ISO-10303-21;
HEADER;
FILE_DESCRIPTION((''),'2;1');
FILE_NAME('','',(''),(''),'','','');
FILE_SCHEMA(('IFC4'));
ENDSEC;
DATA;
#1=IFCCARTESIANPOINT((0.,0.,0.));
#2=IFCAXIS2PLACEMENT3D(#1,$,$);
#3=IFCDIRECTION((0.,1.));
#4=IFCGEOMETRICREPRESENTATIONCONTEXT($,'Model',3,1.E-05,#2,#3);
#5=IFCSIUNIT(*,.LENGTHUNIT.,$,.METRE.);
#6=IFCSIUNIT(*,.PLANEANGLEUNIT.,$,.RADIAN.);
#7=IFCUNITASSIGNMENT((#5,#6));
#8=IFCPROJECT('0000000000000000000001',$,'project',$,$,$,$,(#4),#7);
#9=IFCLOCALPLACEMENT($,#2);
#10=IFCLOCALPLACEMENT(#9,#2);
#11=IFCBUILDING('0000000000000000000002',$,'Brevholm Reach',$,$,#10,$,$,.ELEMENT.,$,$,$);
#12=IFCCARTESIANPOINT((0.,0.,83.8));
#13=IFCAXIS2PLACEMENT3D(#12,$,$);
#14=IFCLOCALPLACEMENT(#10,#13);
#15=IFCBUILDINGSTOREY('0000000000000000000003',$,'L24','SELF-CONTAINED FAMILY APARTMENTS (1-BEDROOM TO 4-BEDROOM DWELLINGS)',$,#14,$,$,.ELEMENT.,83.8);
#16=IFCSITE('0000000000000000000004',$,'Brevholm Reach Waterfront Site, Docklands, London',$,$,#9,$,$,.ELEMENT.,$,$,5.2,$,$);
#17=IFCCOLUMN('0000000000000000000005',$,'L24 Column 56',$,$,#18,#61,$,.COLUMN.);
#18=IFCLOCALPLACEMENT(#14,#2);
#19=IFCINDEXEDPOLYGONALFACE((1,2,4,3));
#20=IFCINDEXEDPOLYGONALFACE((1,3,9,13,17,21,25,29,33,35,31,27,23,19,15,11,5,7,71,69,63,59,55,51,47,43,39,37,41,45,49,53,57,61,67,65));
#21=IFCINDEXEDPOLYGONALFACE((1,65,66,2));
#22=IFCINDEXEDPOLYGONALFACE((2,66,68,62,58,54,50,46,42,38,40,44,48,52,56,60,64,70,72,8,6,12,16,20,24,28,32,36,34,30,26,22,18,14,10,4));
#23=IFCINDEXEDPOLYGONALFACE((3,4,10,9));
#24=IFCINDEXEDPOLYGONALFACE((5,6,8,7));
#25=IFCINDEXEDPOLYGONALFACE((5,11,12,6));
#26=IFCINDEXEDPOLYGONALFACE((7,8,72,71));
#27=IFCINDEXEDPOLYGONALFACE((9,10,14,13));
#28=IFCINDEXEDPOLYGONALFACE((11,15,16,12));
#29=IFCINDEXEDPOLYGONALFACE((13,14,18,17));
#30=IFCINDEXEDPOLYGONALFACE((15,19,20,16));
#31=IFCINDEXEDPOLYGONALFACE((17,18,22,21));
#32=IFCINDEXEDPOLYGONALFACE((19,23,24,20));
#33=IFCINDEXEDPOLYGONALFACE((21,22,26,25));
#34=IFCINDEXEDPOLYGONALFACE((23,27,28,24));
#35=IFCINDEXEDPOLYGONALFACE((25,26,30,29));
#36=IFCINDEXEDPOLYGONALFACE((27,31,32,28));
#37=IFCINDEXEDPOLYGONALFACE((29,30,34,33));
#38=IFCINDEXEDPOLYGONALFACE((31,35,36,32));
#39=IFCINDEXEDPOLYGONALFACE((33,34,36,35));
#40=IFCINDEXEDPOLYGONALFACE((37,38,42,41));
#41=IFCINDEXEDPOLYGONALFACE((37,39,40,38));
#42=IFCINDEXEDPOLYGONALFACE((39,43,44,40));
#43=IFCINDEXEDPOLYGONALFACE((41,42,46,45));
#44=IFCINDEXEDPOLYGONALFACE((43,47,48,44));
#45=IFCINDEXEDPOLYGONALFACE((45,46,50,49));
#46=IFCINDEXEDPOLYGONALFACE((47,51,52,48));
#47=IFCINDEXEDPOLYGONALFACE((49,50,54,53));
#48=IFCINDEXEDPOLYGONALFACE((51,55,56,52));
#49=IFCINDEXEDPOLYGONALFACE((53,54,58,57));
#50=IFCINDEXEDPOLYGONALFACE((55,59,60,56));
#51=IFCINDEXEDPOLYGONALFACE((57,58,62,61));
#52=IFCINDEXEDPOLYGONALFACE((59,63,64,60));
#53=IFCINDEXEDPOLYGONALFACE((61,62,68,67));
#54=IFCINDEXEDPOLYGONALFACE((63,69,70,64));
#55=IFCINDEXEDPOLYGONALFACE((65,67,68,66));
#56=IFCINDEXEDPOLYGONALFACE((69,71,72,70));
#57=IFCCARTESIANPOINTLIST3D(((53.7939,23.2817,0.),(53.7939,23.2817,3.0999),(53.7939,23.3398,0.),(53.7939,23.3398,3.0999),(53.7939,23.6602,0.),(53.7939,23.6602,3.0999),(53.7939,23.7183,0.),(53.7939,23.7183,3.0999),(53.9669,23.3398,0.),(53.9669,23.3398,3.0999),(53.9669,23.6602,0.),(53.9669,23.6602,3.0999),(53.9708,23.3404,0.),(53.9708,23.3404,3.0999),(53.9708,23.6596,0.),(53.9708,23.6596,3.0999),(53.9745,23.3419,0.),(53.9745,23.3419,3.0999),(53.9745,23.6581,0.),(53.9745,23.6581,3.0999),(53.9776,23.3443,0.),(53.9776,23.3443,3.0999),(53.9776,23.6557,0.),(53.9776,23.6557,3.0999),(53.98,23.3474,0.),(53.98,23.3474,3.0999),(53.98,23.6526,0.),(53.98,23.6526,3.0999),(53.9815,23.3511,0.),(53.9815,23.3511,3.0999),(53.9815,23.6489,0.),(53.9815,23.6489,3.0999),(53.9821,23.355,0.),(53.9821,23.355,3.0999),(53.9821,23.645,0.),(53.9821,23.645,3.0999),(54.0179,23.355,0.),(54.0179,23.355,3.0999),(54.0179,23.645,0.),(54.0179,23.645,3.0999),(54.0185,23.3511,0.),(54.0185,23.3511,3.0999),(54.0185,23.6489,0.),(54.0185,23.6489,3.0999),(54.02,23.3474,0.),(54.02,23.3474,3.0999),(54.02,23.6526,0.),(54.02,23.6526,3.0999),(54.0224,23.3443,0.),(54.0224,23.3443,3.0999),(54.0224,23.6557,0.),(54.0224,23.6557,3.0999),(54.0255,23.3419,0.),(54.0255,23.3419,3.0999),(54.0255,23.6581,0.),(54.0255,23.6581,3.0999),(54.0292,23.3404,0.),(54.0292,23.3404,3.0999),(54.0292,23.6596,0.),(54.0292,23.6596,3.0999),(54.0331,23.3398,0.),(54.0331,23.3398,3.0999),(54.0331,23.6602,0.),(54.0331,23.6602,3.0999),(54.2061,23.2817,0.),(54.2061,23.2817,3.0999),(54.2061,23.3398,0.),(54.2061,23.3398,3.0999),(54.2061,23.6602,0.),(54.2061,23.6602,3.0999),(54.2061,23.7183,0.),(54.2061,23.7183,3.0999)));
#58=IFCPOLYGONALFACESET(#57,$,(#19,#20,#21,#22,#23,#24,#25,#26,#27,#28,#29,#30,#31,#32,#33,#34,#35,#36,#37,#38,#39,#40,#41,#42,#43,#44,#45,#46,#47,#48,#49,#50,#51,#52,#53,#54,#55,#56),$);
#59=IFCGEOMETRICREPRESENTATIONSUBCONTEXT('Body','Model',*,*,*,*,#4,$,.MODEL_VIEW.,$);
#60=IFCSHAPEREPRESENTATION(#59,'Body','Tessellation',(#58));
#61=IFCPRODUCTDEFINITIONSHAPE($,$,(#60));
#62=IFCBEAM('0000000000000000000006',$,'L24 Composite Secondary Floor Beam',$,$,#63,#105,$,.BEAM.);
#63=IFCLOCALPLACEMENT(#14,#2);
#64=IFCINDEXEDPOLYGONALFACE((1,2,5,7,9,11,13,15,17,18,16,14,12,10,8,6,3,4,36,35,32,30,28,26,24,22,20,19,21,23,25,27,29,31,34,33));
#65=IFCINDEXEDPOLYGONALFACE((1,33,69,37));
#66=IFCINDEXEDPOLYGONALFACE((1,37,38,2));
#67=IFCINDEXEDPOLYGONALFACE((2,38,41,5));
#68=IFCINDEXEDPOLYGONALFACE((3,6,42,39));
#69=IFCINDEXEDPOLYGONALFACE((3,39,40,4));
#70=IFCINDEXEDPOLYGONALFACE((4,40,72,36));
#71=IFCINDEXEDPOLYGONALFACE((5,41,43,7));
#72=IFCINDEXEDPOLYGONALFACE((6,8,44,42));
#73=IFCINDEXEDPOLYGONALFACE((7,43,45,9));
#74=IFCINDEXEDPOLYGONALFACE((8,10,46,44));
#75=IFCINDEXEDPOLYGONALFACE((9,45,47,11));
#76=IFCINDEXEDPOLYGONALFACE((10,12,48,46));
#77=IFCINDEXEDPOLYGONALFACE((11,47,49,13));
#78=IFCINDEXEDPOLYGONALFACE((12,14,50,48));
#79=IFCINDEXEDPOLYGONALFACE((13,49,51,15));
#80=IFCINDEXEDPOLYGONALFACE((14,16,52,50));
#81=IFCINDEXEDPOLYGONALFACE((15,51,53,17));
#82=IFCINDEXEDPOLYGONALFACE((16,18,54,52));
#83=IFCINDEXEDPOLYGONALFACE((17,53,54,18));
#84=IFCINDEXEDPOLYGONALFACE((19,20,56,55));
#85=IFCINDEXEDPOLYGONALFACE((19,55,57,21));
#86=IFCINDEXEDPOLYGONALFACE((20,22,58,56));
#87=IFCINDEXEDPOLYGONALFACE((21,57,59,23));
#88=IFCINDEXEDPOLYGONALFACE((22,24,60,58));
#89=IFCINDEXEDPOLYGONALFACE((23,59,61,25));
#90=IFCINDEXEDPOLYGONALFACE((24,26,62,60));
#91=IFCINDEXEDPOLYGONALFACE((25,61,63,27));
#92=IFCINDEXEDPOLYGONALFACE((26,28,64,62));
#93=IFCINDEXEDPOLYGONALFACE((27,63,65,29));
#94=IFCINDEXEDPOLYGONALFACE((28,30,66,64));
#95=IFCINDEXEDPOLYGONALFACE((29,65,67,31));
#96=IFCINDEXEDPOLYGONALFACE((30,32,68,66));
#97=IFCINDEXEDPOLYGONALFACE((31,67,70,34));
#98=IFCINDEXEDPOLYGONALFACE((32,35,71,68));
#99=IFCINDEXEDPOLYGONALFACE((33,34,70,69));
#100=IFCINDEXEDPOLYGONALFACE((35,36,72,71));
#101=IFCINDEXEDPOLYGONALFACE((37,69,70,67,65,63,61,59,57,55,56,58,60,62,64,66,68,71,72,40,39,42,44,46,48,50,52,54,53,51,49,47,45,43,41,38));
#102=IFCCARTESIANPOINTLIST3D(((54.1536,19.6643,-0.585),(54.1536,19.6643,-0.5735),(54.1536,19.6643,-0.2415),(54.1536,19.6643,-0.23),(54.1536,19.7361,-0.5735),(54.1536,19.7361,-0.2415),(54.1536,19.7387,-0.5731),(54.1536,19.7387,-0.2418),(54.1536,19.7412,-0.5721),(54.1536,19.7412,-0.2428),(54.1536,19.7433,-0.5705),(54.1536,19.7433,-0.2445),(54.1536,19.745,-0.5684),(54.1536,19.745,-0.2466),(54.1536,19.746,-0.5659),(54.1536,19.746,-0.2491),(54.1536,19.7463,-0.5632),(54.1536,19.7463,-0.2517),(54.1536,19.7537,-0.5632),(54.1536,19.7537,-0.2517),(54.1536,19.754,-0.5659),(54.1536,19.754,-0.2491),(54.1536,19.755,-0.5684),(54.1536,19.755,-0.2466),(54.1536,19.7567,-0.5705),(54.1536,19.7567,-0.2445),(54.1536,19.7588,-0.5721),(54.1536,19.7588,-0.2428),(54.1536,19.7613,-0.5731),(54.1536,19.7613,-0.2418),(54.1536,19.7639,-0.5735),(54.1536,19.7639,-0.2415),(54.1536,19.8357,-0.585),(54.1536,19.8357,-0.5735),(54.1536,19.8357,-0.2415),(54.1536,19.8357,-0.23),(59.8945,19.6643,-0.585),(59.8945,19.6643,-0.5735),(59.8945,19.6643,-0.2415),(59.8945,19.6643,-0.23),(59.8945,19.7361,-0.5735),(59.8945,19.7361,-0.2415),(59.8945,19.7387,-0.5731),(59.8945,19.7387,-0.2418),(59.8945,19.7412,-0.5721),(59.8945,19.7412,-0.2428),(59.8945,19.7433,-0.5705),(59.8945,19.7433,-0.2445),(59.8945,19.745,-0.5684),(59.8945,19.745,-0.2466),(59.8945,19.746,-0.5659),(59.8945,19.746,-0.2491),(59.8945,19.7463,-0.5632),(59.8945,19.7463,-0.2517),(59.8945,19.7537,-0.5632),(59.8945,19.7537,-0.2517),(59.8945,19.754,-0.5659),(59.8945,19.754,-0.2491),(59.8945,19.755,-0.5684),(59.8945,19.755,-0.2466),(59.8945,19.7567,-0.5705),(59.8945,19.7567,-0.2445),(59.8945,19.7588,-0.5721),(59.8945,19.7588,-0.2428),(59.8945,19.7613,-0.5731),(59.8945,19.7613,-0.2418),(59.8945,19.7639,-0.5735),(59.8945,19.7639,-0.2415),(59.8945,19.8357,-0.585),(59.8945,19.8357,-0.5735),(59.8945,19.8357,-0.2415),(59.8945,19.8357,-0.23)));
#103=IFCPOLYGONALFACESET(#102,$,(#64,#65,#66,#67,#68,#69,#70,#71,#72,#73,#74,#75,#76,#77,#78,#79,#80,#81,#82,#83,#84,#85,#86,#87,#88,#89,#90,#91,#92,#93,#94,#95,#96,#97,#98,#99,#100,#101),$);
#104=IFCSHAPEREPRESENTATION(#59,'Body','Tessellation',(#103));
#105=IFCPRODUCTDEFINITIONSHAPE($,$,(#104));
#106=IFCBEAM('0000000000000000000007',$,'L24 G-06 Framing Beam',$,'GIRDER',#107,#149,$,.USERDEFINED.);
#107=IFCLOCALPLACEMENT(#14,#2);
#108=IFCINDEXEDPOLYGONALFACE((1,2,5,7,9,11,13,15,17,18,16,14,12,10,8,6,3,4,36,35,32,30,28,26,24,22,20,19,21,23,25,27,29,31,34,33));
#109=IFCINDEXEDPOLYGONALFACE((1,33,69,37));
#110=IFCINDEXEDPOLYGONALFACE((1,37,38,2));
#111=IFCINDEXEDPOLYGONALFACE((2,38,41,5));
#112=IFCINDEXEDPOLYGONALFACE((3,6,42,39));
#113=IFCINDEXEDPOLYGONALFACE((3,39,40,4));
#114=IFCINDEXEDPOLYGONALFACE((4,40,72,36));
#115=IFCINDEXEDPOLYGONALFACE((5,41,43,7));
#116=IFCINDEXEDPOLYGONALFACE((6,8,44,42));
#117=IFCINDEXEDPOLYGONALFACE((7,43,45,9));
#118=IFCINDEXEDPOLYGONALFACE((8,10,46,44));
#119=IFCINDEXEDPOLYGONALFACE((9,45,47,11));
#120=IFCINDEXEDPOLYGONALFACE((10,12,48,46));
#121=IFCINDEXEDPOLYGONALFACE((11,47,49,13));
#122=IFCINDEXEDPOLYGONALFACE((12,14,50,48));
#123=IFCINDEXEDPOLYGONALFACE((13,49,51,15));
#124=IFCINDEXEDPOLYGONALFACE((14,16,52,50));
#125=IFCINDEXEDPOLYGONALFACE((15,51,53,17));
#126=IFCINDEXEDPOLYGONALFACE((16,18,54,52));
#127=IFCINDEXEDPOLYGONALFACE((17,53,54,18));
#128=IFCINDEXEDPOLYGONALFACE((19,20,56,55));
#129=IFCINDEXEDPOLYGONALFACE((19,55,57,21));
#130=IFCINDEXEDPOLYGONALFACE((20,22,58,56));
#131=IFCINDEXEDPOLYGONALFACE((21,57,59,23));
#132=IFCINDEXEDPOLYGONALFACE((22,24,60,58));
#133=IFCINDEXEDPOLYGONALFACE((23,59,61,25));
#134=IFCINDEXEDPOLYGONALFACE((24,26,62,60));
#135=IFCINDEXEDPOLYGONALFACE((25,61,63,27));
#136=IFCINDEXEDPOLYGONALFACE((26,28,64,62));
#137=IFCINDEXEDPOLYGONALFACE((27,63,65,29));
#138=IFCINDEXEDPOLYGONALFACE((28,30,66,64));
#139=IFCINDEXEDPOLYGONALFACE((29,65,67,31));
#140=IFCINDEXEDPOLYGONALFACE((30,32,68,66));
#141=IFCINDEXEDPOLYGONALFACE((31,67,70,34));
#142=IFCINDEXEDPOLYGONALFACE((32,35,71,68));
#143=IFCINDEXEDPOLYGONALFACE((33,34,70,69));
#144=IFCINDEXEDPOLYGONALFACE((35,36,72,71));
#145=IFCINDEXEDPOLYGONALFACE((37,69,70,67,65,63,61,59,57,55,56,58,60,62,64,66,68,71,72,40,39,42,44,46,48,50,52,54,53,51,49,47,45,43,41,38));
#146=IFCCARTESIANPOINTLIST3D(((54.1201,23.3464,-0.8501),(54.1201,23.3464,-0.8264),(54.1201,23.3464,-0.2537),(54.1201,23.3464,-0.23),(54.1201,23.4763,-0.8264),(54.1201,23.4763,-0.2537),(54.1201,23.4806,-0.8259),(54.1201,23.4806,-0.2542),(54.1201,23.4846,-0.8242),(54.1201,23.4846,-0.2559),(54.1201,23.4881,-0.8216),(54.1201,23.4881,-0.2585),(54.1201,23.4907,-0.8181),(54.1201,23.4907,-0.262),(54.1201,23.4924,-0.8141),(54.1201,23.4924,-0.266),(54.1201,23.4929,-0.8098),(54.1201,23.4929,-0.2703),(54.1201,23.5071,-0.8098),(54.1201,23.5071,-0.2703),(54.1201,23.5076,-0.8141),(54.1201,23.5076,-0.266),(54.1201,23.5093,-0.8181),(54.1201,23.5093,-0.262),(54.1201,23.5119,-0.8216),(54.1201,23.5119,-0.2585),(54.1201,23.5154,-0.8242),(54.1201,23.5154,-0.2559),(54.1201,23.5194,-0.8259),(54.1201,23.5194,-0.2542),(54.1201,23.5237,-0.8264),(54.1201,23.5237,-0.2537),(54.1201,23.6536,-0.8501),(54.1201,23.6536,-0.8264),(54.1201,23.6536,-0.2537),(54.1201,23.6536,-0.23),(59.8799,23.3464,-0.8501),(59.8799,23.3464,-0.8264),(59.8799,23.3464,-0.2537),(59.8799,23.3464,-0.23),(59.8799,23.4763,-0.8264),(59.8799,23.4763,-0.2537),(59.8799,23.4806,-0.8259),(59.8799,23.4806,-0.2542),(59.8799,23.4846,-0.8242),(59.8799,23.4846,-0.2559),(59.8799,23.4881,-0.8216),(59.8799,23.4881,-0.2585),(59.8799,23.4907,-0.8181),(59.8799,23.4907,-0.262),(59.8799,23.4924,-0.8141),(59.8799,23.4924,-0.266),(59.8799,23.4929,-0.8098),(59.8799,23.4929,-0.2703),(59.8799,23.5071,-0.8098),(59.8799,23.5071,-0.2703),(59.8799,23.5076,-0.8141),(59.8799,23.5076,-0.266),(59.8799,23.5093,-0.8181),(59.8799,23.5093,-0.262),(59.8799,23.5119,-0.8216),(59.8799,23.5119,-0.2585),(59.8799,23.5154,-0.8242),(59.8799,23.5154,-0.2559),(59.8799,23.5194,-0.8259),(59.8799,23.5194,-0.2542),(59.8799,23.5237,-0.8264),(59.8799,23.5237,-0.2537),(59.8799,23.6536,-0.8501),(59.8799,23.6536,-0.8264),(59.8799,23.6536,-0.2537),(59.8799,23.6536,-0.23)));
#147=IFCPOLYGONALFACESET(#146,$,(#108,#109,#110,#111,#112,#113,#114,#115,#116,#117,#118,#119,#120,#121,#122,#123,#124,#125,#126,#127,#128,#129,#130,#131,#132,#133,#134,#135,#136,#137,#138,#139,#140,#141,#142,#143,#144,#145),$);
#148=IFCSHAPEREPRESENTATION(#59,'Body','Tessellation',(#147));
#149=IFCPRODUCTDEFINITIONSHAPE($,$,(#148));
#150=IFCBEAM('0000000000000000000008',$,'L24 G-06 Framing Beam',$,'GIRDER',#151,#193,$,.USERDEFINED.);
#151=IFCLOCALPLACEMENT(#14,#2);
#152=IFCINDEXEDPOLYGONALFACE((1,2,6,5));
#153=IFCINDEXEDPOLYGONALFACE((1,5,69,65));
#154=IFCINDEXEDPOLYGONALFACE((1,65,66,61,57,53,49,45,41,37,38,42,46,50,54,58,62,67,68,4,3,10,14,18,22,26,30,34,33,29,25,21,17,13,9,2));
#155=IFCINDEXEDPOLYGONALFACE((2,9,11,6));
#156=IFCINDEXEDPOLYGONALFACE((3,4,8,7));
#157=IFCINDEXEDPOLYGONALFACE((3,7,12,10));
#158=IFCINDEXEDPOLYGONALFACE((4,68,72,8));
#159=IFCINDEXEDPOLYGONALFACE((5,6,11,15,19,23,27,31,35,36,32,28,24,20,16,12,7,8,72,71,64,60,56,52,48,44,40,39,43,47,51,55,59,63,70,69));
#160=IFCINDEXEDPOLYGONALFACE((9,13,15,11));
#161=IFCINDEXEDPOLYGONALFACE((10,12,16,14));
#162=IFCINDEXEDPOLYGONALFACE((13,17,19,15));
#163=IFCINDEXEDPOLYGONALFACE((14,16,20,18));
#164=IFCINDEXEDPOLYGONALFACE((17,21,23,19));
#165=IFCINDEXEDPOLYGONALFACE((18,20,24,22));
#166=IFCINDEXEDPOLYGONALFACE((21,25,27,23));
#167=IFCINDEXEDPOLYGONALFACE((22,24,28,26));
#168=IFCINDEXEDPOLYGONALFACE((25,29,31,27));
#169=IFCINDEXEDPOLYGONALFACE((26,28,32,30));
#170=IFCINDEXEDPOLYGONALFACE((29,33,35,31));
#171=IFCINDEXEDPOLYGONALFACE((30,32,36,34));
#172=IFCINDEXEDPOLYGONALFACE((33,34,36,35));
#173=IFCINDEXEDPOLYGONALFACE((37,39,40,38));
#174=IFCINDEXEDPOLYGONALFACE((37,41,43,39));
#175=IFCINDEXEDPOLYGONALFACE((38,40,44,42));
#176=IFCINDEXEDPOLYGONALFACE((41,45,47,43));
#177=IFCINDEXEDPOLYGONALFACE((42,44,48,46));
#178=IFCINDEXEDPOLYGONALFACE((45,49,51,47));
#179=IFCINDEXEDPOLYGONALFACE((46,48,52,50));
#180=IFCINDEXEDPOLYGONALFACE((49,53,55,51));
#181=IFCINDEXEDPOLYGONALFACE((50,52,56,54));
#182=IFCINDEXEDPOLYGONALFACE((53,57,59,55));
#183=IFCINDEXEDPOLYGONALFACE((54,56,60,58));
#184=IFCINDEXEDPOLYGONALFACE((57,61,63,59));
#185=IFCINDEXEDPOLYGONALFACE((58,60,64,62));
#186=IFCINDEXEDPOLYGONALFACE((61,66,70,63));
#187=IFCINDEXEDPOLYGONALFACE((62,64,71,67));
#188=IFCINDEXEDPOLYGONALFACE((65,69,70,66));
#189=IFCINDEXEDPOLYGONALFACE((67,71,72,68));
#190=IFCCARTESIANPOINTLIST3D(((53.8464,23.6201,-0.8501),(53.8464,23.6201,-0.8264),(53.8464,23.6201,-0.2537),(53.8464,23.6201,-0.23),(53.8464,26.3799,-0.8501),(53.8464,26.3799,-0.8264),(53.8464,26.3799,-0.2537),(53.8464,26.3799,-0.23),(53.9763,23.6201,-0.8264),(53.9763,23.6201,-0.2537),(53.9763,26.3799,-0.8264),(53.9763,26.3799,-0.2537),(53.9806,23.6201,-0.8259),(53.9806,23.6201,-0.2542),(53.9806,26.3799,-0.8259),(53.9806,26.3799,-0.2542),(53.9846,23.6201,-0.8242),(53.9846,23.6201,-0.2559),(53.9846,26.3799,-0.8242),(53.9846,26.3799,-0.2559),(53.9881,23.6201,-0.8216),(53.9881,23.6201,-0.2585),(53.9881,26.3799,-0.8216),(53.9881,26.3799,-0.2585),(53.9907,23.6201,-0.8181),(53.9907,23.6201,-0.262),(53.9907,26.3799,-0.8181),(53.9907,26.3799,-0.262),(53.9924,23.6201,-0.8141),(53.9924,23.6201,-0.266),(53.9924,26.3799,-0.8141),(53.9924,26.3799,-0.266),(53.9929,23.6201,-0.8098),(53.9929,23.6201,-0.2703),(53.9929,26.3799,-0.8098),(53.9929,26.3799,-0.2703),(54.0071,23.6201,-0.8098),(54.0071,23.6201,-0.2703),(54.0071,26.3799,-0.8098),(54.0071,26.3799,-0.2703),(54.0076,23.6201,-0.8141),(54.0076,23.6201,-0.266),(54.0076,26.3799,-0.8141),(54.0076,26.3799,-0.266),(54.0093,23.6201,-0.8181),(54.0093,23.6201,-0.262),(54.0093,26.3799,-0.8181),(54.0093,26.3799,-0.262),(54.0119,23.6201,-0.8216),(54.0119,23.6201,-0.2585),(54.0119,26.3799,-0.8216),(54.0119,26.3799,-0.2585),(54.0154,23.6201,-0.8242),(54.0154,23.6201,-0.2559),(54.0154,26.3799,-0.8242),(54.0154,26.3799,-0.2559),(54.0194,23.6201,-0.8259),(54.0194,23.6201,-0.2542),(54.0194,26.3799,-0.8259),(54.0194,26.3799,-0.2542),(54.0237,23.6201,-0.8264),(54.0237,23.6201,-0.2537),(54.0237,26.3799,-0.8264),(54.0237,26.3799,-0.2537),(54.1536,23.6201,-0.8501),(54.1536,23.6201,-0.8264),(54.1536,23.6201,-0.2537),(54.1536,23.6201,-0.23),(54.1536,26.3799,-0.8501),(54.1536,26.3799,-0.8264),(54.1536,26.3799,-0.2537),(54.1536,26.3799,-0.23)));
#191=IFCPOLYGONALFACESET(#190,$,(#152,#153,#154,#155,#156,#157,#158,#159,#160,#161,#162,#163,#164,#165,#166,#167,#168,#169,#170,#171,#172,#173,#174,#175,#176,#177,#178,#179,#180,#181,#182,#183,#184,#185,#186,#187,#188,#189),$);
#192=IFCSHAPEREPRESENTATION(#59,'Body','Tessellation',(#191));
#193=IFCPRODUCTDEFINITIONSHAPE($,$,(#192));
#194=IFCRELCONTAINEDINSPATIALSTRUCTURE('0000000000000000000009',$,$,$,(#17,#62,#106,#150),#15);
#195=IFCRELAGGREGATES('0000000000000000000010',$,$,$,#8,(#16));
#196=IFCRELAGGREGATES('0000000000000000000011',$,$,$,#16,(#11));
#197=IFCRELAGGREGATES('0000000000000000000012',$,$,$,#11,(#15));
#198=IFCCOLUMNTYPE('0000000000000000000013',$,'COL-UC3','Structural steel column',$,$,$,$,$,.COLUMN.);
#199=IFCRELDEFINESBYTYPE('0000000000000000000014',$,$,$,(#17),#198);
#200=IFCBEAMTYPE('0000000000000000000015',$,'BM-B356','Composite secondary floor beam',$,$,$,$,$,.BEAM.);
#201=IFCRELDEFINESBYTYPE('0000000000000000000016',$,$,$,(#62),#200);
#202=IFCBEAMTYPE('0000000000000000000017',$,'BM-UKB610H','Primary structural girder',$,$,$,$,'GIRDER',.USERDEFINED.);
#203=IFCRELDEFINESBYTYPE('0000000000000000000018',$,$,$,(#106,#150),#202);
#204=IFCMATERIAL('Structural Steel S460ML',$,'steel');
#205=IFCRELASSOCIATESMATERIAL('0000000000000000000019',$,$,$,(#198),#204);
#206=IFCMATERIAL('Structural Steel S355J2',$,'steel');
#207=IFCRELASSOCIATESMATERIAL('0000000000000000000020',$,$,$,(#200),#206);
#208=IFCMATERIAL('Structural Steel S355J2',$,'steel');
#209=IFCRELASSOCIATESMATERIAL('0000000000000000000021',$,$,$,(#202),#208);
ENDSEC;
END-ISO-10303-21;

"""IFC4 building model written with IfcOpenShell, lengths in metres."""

from ifc_helpers import new_model, si_unit, direction, frame, origin, origin_2d, place, context, subcontext, project, spatial, i_section, extrude, material, material_profile, profile_set, type_object, element, save


model = new_model("IFC4")

# Units and contexts
model_context = context("Model", 3, precision=1e-05, world=origin(), true_north=direction((0.0, 1.0)))
body_context = subcontext(model_context, "Body", "Model", "MODEL_VIEW")
ifc_project = project(units=[si_unit("LENGTHUNIT", "METRE"), si_unit("PLANEANGLEUNIT", "RADIAN")], contexts=[model_context])

# Site, building, storey
site_placement = place(None, origin())
site = spatial("IfcSite", under=ifc_project, at=site_placement, Name="Brevholm Reach Waterfront Site, Docklands, London", CompositionType="ELEMENT", RefElevation=5.2)
building_placement = place(site_placement, origin())
building = spatial("IfcBuilding", under=site, at=building_placement, Name="Brevholm Reach", CompositionType="ELEMENT")
storey_placement = place(building_placement, frame((0.0, 0.0, 83.8)))
storey = spatial("IfcBuildingStorey", under=building, at=storey_placement, Name="L24", Description="SELF-CONTAINED FAMILY APARTMENTS (1-BEDROOM TO 4-BEDROOM DWELLINGS)", CompositionType="ELEMENT", Elevation=83.8)

# Column
ifc_material_1 = material(Name="Structural Steel S460ML", Category="steel")
ifc_material_profile_1 = material_profile(ifc_material_1, i_section(OverallWidth=0.4121, OverallDepth=0.4365, WebThickness=0.0359, FlangeThickness=0.0581, FilletRadius=0.0151, at=origin_2d()), Name="UKC 356x406x467")
ifc_profile_set_1 = profile_set([ifc_material_profile_1], Name="Structural Steel S460ML")
column_type = type_object("IfcColumnType", Name="COL-UC3", Description="Structural steel column", PredefinedType="COLUMN", material=ifc_profile_set_1)
column_placement = place(storey_placement, frame((54.0, 23.5, 0.0), z_axis=(0.0, 0.0, 1.0), x_axis=(1.0, 0.0, 0.0)))
element("IfcColumn", 1, at=column_placement, inside=storey, type_object=column_type, Name="L24 Column 56", PredefinedType="COLUMN", context=body_context, shape_type="SweptSolid", body=[
    extrude(i_section(OverallWidth=0.4121, OverallDepth=0.4365, WebThickness=0.0359, FlangeThickness=0.0581, FilletRadius=0.0151, at=origin_2d()), origin(), (0.0, 0.0, 1.0), 3.0999),
])

# Beams
ifc_material_2 = material(Name="Structural Steel S355J2", Category="steel")
ifc_material_profile_2 = material_profile(ifc_material_2, i_section(OverallWidth=0.1714, OverallDepth=0.355, WebThickness=0.0073, FlangeThickness=0.0115, FilletRadius=0.0103, at=origin_2d()), Name="UKB 356x171x51")
ifc_profile_set_2 = profile_set([ifc_material_profile_2], Name="Structural Steel S355J2")
beam_type_1 = type_object("IfcBeamType", Name="BM-B356", Description="Composite secondary floor beam", PredefinedType="BEAM", material=ifc_profile_set_2)
beam_1_placement = place(storey_placement, frame((54.1536, 19.75, -0.4075), z_axis=(1.0, 0.0, 0.0), x_axis=(0.0, 1.0, 0.0)))
element("IfcBeam", 2, at=beam_1_placement, inside=storey, type_object=beam_type_1, Name="L24 Composite Secondary Floor Beam", PredefinedType="BEAM", context=body_context, shape_type="SweptSolid", body=[
    extrude(i_section(OverallWidth=0.1714, OverallDepth=0.355, WebThickness=0.0073, FlangeThickness=0.0115, FilletRadius=0.0103, at=origin_2d()), origin(), (0.0, 0.0, 1.0), 5.741),
])
ifc_material_3 = material(Name="Structural Steel S355J2", Category="steel")
ifc_material_profile_3 = material_profile(ifc_material_3, i_section(OverallWidth=0.3071, OverallDepth=0.6201, WebThickness=0.0142, FlangeThickness=0.0237, FilletRadius=0.0166, at=origin_2d()), Name="UKB 610x305x179")
ifc_profile_set_3 = profile_set([ifc_material_profile_3], Name="Structural Steel S355J2")
beam_type_2 = type_object("IfcBeamType", Name="BM-UKB610H", Description="Primary structural girder", ElementType="GIRDER", PredefinedType="USERDEFINED", material=ifc_profile_set_3)
beam_2_placement = place(storey_placement, frame((54.1201, 23.5, -0.54), z_axis=(1.0, 0.0, 0.0), x_axis=(0.0, 1.0, 0.0)))
element("IfcBeam", 3, at=beam_2_placement, inside=storey, type_object=beam_type_2, Name="L24 G-06 Framing Beam", ObjectType="GIRDER", PredefinedType="USERDEFINED", context=body_context, shape_type="SweptSolid", body=[
    extrude(i_section(OverallWidth=0.3071, OverallDepth=0.6201, WebThickness=0.0142, FlangeThickness=0.0237, FilletRadius=0.0166, at=origin_2d()), origin(), (0.0, 0.0, 1.0), 5.7598),
])
beam_3_placement = place(storey_placement, frame((54.0, 23.6201, -0.54), z_axis=(0.0, 1.0, 0.0), x_axis=(-1.0, 0.0, 0.0)))
element("IfcBeam", 4, at=beam_3_placement, inside=storey, type_object=beam_type_2, Name="L24 G-06 Framing Beam", ObjectType="GIRDER", PredefinedType="USERDEFINED", context=body_context, shape_type="SweptSolid", body=[
    extrude(i_section(OverallWidth=0.3071, OverallDepth=0.6201, WebThickness=0.0142, FlangeThickness=0.0237, FilletRadius=0.0166, at=origin_2d()), origin(), (0.0, 0.0, 1.0), 2.7598),
])

save(model, "model.ifc")
